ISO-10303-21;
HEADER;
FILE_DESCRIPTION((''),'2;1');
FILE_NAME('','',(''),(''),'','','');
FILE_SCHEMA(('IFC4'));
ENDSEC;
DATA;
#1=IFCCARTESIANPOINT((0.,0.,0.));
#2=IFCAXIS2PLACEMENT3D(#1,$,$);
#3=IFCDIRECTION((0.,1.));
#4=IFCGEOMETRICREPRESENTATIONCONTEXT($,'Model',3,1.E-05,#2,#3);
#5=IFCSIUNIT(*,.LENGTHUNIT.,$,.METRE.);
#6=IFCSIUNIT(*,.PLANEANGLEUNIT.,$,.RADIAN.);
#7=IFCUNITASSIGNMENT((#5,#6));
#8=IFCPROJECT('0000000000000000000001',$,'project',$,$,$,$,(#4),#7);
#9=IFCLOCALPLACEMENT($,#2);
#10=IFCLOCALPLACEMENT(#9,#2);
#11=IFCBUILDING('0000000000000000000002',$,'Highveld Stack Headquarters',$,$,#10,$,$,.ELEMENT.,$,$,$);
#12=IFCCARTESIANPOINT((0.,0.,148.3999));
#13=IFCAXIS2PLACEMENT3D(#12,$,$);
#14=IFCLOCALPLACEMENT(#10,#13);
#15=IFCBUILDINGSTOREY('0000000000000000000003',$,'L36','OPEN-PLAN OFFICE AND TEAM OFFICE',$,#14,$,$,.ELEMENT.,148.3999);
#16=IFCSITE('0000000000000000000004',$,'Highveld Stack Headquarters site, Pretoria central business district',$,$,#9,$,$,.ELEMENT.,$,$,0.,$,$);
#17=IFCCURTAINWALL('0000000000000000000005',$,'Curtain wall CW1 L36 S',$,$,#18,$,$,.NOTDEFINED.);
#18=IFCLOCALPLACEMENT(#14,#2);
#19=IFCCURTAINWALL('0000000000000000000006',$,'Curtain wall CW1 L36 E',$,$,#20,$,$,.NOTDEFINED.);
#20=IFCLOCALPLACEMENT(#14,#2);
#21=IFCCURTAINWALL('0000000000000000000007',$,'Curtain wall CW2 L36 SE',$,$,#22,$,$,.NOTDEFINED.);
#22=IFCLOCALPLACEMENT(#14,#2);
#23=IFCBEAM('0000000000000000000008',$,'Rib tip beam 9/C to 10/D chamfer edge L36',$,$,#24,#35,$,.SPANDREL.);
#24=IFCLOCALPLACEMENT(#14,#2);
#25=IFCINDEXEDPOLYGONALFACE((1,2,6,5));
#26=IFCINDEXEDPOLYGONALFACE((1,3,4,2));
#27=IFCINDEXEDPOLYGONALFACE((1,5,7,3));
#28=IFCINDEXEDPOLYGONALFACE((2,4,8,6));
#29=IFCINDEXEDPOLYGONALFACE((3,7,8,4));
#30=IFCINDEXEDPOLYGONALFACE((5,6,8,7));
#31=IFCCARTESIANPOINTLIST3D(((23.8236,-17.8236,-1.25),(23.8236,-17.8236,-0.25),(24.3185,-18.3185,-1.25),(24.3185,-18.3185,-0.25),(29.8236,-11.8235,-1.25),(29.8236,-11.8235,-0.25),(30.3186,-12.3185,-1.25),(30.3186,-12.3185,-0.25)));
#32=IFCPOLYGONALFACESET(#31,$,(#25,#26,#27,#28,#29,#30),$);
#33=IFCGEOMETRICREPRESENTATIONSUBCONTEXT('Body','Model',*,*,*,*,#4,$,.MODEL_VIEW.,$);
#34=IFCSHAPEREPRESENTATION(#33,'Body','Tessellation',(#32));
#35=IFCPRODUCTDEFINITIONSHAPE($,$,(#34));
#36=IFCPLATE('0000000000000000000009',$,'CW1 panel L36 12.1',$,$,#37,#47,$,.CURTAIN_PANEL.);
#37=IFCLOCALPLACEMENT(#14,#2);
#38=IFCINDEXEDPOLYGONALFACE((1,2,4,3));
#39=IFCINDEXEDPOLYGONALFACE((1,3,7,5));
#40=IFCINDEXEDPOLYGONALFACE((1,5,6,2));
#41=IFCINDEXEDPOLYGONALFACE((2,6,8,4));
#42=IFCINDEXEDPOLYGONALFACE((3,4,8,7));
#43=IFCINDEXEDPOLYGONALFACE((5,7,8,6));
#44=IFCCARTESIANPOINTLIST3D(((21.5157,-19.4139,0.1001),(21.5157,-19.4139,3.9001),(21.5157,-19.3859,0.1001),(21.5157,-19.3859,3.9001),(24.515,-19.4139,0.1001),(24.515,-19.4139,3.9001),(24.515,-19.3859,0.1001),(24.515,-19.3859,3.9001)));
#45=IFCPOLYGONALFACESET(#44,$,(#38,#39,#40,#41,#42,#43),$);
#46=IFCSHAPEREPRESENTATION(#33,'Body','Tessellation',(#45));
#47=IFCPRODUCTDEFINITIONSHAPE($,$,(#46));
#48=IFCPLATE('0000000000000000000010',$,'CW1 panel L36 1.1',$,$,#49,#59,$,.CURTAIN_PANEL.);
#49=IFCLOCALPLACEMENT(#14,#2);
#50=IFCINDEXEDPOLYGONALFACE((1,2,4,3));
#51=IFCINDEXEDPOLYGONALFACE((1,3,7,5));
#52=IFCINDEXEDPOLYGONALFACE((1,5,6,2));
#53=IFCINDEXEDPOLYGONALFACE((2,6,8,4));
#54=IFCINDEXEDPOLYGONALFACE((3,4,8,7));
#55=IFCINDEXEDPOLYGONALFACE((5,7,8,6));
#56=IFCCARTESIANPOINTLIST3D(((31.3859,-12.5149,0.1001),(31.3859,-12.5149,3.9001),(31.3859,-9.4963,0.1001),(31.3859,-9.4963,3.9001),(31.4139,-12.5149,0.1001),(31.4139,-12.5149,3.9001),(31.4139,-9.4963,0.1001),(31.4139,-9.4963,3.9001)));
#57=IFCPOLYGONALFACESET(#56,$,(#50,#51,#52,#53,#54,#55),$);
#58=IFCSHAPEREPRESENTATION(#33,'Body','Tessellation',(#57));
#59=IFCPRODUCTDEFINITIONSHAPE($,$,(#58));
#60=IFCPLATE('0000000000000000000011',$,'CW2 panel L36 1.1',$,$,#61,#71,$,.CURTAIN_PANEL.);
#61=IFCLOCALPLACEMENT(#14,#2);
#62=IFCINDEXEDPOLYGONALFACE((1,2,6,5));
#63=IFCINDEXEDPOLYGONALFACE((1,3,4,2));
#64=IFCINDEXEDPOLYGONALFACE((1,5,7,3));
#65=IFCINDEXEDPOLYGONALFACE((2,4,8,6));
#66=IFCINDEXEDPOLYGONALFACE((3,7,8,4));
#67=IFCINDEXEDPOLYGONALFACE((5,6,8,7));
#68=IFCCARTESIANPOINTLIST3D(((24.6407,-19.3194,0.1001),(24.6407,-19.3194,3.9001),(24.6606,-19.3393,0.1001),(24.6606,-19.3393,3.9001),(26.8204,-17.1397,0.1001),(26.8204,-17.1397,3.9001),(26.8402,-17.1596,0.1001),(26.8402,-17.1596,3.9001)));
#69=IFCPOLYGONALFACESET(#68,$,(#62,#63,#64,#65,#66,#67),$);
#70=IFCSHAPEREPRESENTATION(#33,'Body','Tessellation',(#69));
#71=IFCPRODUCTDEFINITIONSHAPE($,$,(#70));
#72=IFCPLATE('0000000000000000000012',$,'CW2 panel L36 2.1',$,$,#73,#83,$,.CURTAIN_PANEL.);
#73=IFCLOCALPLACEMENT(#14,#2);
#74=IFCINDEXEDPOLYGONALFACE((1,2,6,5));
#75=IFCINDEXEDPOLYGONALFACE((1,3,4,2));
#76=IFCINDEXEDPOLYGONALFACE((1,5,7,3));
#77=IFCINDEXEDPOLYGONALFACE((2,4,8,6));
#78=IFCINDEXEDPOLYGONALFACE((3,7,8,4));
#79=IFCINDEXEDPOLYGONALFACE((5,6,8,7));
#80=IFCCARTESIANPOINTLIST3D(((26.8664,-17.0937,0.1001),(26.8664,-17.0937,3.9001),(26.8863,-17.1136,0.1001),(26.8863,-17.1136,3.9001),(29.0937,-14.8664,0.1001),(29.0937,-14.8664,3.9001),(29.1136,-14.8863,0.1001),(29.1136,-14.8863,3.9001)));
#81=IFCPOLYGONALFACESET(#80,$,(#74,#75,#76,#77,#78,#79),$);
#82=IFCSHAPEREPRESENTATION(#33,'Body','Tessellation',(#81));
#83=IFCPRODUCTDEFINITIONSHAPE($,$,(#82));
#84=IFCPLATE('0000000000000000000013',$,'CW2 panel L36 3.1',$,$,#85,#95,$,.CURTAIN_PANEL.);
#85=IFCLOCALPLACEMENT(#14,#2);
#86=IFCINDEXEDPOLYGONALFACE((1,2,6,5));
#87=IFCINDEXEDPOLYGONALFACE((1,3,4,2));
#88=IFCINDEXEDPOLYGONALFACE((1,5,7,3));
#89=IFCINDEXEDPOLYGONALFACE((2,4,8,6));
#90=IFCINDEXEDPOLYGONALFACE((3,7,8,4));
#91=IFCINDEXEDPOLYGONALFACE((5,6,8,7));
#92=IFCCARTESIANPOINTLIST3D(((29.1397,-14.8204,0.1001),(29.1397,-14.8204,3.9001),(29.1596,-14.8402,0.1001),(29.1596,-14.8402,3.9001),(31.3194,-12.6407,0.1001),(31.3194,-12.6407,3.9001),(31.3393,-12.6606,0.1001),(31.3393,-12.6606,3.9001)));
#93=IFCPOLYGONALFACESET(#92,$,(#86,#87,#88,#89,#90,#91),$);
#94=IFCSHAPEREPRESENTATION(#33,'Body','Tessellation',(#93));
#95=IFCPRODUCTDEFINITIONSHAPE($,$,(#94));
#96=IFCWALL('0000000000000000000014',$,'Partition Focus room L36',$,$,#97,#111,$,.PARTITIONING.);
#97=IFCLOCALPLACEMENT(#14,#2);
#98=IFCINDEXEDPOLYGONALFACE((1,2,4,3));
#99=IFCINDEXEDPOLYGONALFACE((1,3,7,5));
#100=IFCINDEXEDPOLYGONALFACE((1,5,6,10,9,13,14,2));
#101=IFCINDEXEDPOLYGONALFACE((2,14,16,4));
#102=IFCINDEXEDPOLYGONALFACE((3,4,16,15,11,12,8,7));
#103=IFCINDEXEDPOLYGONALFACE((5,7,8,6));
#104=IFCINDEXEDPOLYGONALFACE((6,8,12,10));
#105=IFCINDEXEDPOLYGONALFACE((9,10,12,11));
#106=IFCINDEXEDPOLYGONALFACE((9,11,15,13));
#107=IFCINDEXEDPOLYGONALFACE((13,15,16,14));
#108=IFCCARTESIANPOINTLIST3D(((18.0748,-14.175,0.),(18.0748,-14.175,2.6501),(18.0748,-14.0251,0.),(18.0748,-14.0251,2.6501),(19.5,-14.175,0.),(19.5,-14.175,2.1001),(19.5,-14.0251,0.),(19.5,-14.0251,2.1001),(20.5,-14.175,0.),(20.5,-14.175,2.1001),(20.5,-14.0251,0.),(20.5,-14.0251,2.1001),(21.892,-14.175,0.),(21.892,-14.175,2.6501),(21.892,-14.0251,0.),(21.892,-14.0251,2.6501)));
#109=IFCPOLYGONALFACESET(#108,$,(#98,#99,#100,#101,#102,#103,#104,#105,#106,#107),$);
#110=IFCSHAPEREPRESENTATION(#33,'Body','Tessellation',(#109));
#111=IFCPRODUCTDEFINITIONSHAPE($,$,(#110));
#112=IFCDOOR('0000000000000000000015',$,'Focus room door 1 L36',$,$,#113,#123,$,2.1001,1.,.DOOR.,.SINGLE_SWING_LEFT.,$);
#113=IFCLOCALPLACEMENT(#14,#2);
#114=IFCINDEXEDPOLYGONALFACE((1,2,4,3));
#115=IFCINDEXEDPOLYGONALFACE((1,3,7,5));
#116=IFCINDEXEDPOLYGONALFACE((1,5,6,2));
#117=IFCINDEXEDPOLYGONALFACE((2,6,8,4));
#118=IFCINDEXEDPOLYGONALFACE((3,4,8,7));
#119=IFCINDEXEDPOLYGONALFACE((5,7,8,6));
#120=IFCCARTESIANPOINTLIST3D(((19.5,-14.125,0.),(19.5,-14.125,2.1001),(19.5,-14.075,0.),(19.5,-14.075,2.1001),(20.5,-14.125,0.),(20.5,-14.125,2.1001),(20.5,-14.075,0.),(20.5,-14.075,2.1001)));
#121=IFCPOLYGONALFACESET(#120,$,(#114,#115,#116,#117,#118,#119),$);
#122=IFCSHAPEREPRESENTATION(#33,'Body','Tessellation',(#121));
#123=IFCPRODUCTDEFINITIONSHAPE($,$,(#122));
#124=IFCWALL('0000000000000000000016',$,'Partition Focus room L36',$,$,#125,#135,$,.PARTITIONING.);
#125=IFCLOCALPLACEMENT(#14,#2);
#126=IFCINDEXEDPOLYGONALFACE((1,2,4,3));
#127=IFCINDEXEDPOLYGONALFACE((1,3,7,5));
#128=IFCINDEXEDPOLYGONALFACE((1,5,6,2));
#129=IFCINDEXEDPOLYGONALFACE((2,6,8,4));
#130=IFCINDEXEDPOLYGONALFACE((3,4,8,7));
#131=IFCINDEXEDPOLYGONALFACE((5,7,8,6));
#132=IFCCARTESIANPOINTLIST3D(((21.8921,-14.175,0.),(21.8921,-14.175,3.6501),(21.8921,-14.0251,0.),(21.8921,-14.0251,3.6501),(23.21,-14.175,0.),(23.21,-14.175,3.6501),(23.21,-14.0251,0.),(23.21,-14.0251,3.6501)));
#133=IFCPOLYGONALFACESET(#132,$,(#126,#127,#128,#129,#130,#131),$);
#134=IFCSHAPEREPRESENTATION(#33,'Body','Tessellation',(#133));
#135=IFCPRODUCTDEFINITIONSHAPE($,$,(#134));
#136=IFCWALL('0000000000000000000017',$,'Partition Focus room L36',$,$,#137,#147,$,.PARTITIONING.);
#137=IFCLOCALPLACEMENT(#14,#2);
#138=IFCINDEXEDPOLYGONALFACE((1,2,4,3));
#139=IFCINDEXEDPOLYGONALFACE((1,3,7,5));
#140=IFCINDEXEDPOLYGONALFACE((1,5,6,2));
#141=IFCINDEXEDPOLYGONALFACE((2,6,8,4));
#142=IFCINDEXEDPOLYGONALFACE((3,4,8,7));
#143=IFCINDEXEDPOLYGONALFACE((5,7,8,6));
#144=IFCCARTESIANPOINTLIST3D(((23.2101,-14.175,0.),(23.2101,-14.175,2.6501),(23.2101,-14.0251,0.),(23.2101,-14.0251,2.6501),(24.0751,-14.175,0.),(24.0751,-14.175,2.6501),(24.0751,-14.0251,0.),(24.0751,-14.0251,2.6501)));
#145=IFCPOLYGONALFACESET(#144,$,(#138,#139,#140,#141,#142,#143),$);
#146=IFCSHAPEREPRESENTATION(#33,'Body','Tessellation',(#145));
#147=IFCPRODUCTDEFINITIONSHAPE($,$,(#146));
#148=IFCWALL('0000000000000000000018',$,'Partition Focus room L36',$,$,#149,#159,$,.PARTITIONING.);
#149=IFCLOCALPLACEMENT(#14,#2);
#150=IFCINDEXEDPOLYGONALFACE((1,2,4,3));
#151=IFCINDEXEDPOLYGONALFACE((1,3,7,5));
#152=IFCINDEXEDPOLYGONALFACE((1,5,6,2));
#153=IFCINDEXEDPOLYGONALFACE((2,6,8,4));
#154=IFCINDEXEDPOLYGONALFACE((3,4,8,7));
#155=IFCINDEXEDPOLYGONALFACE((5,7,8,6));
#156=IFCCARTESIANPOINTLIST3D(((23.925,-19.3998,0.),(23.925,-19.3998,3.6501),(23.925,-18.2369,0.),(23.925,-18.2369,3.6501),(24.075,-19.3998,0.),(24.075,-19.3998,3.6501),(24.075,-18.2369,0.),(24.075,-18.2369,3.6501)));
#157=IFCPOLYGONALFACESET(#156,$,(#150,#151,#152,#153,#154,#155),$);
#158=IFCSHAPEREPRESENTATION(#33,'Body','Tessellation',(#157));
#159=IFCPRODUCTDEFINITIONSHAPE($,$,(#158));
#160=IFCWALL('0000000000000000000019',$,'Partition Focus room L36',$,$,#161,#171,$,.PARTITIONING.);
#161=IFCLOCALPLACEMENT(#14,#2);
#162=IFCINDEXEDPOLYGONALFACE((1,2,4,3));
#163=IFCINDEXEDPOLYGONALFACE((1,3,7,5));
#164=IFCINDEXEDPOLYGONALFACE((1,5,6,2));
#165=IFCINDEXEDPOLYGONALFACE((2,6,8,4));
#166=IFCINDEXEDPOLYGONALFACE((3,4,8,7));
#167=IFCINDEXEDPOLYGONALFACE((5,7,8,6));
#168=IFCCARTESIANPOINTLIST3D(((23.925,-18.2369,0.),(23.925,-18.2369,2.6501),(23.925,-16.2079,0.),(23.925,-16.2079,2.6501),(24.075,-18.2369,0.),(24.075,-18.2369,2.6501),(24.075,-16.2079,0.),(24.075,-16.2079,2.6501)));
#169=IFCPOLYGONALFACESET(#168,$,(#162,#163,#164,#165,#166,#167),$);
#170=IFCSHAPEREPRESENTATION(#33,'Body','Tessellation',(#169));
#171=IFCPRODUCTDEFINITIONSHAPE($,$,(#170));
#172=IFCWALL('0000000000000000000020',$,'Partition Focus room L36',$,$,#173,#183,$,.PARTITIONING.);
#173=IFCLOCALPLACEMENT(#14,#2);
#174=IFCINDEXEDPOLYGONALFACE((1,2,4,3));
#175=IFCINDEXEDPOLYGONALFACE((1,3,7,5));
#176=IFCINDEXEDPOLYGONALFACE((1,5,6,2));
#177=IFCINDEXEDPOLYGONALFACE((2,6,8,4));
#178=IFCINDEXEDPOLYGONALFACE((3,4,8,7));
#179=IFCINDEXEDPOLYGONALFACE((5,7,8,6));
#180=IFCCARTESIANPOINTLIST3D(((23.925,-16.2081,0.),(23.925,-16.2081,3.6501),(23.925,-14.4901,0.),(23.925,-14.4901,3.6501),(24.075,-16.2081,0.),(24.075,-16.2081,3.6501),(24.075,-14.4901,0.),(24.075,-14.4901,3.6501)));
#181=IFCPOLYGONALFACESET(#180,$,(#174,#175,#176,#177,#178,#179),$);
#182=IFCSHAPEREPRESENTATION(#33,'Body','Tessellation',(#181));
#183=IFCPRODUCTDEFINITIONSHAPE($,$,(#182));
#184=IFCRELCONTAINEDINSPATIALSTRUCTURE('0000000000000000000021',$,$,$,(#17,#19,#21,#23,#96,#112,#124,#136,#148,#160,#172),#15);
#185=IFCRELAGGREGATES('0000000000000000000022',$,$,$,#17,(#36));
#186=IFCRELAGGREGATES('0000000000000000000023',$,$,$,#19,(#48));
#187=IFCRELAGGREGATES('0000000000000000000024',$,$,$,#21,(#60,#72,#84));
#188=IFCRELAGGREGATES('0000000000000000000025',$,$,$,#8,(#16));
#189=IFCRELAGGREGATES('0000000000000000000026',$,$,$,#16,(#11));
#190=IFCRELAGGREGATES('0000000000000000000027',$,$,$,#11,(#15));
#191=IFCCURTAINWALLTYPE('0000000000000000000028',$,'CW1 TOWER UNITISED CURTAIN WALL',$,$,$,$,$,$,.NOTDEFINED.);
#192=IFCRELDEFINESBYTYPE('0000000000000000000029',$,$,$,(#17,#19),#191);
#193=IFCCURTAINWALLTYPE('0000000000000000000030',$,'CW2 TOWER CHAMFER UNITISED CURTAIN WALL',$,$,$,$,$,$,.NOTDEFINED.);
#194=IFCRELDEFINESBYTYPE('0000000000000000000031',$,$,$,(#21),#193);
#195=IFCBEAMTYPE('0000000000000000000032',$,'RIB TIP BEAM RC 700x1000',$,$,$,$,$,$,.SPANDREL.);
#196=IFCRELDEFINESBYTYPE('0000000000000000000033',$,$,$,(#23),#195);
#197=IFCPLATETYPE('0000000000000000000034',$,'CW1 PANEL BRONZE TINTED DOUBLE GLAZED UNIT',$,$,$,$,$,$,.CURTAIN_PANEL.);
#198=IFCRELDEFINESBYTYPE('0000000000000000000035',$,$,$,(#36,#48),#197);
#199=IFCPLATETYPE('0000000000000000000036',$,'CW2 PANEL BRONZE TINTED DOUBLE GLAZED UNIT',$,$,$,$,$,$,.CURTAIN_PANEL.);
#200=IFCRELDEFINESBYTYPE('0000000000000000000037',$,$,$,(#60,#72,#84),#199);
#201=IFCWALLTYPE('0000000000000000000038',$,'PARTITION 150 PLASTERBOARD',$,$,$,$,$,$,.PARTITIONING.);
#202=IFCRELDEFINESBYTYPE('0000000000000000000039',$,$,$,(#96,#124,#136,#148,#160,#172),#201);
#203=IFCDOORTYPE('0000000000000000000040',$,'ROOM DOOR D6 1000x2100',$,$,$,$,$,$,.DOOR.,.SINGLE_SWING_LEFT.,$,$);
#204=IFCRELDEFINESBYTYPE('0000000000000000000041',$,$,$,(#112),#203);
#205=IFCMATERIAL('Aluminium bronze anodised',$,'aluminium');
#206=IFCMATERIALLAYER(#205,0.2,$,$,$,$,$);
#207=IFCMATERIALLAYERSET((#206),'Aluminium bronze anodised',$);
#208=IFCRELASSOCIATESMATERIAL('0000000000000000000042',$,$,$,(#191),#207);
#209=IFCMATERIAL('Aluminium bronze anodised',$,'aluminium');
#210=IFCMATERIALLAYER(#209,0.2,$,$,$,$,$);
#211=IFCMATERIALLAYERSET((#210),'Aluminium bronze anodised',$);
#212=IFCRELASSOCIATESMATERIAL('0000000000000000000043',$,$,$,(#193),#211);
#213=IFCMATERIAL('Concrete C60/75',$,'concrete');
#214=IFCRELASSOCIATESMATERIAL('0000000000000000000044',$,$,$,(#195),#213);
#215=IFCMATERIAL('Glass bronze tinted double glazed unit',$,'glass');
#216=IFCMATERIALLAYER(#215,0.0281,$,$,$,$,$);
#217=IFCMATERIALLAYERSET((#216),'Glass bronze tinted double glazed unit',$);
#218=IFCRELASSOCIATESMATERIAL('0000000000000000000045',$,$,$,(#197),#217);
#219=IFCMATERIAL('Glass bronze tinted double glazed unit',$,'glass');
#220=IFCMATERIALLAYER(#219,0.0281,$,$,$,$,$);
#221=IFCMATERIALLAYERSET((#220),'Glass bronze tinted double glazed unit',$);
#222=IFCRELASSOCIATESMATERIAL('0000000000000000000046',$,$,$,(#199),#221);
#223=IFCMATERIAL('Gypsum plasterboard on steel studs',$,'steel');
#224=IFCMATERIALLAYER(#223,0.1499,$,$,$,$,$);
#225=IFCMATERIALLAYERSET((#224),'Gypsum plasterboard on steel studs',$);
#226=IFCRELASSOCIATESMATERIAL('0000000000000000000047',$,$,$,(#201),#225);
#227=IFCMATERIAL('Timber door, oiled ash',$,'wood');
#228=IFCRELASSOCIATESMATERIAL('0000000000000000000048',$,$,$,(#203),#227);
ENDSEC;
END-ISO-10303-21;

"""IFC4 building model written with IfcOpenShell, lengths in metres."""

from ifc_helpers import new_model, si_unit, direction, frame, frame_2d, origin, origin_2d, place, context, subcontext, project, spatial, rectangle, extrude, material, layer, layer_set, material_profile, profile_set, type_object, element, fill, aggregate, save


model = new_model("IFC4")

# Units and contexts
model_context = context("Model", 3, precision=1e-05, world=origin(), true_north=direction((0.0, 1.0)))
body_context = subcontext(model_context, "Body", "Model", "MODEL_VIEW")
ifc_project = project(units=[si_unit("LENGTHUNIT", "METRE"), si_unit("PLANEANGLEUNIT", "RADIAN")], contexts=[model_context])

# Site, building, storey
site_placement = place(None, origin())
site = spatial("IfcSite", under=ifc_project, at=site_placement, Name="Highveld Stack Headquarters site, Pretoria central business district", CompositionType="ELEMENT", RefElevation=0.0)
building_placement = place(site_placement, origin())
building = spatial("IfcBuilding", under=site, at=building_placement, Name="Highveld Stack Headquarters", CompositionType="ELEMENT")
storey_placement = place(building_placement, frame((0.0, 0.0, 148.3999)))
storey = spatial("IfcBuildingStorey", under=building, at=storey_placement, Name="L36", Description="OPEN-PLAN OFFICE AND TEAM OFFICE", CompositionType="ELEMENT", Elevation=148.3999)

# Curtain walls
ifc_material_1 = material(Name="Aluminium bronze anodised", Category="aluminium")
ifc_layer_1 = layer(ifc_material_1, 0.2)
ifc_layer_set_1 = layer_set([ifc_layer_1], Name="Aluminium bronze anodised")
curtain_wall_type_1 = type_object("IfcCurtainWallType", Name="CW1 TOWER UNITISED CURTAIN WALL", PredefinedType="NOTDEFINED", material=ifc_layer_set_1)
curtain_wall_1_placement = place(storey_placement, origin())
curtain_wall_1 = element("IfcCurtainWall", 1, at=curtain_wall_1_placement, inside=storey, type_object=curtain_wall_type_1, Name="Curtain wall CW1 L36 S", PredefinedType="NOTDEFINED")
curtain_wall_2_placement = place(storey_placement, origin())
curtain_wall_2 = element("IfcCurtainWall", 2, at=curtain_wall_2_placement, inside=storey, type_object=curtain_wall_type_1, Name="Curtain wall CW1 L36 E", PredefinedType="NOTDEFINED")

# Curtain wall
ifc_material_2 = material(Name="Aluminium bronze anodised", Category="aluminium")
ifc_layer_2 = layer(ifc_material_2, 0.2)
ifc_layer_set_2 = layer_set([ifc_layer_2], Name="Aluminium bronze anodised")
curtain_wall_type_2 = type_object("IfcCurtainWallType", Name="CW2 TOWER CHAMFER UNITISED CURTAIN WALL", PredefinedType="NOTDEFINED", material=ifc_layer_set_2)
curtain_wall_3_placement = place(storey_placement, origin())
curtain_wall_3 = element("IfcCurtainWall", 3, at=curtain_wall_3_placement, inside=storey, type_object=curtain_wall_type_2, Name="Curtain wall CW2 L36 SE", PredefinedType="NOTDEFINED")

# Beam
ifc_material_3 = material(Name="Concrete C60/75", Category="concrete")
ifc_material_profile_1 = material_profile(ifc_material_3, rectangle(XDim=0.7, YDim=1.0, at=origin_2d()), Name="RC 700x1000")
ifc_profile_set_1 = profile_set([ifc_material_profile_1], Name="Concrete C60/75")
beam_type = type_object("IfcBeamType", Name="RIB TIP BEAM RC 700x1000", PredefinedType="SPANDREL", material=ifc_profile_set_1)
for number, where, z_axis, x_axis, name in (
    (4, (24.071, -18.071, -0.75), (0.707107, 0.707107, 0.0), (-0.707107, 0.707107, 0.0), "Rib tip beam 9/C to 10/D chamfer edge L36"),
):
    element("IfcBeam", number, at=place(storey_placement, frame(where, z_axis=z_axis, x_axis=x_axis)), inside=storey, type_object=beam_type, Name=name, PredefinedType="SPANDREL", context=body_context, shape_type="SweptSolid", body=[
        extrude(rectangle(XDim=0.7, YDim=1.0, at=origin_2d()), origin(), (0.0, 0.0, 1.0), 8.4854),
    ])

# Plates
ifc_material_4 = material(Name="Glass bronze tinted double glazed unit", Category="glass")
ifc_layer_3 = layer(ifc_material_4, 0.0281)
ifc_layer_set_3 = layer_set([ifc_layer_3], Name="Glass bronze tinted double glazed unit")
plate_type_1 = type_object("IfcPlateType", Name="CW1 PANEL BRONZE TINTED DOUBLE GLAZED UNIT", PredefinedType="CURTAIN_PANEL", material=ifc_layer_set_3)
plate_1_placement = place(storey_placement, frame((23.0154, -19.3999, 0.1001), z_axis=(0.0, 0.0, 1.0), x_axis=(1.0, 0.0, 0.0)))
plate_1 = element("IfcPlate", 5, at=plate_1_placement, type_object=plate_type_1, Name="CW1 panel L36 12.1", PredefinedType="CURTAIN_PANEL", context=body_context, shape_type="SweptSolid", body=[
    extrude(rectangle(XDim=2.9993, YDim=0.0281, at=origin_2d()), origin(), (0.0, 0.0, 1.0), 3.8),
])
aggregate(curtain_wall_1, [plate_1])
plate_2_placement = place(storey_placement, frame((31.3999, -11.0056, 0.1001), z_axis=(0.0, 0.0, 1.0), x_axis=(0.0, 1.0, 0.0)))
plate_2 = element("IfcPlate", 6, at=plate_2_placement, type_object=plate_type_1, Name="CW1 panel L36 1.1", PredefinedType="CURTAIN_PANEL", context=body_context, shape_type="SweptSolid", body=[
    extrude(rectangle(XDim=3.0186, YDim=0.0281, at=origin_2d()), origin(), (0.0, 0.0, 1.0), 3.8),
])
aggregate(curtain_wall_2, [plate_2])
ifc_material_5 = material(Name="Glass bronze tinted double glazed unit", Category="glass")
ifc_layer_4 = layer(ifc_material_5, 0.0281)
ifc_layer_set_4 = layer_set([ifc_layer_4], Name="Glass bronze tinted double glazed unit")
plate_type_2 = type_object("IfcPlateType", Name="CW2 PANEL BRONZE TINTED DOUBLE GLAZED UNIT", PredefinedType="CURTAIN_PANEL", material=ifc_layer_set_4)
plate_3_placement = place(storey_placement, frame((25.7405, -18.2395, 0.1001), z_axis=(0.0, 0.0, 1.0), x_axis=(0.707107, 0.707107, 0.0)))
plate_3 = element("IfcPlate", 7, at=plate_3_placement, type_object=plate_type_2, Name="CW2 panel L36 1.1", PredefinedType="CURTAIN_PANEL", context=body_context, shape_type="SweptSolid", body=[
    extrude(rectangle(XDim=3.0825, YDim=0.0281, at=origin_2d()), origin(), (0.0, 0.0, 1.0), 3.8),
])
plate_4_placement = place(storey_placement, frame((27.99, -15.99, 0.1001), z_axis=(0.0, 0.0, 1.0), x_axis=(0.707107, 0.707107, 0.0)))
plate_4 = element("IfcPlate", 8, at=plate_4_placement, type_object=plate_type_2, Name="CW2 panel L36 2.1", PredefinedType="CURTAIN_PANEL", context=body_context, shape_type="SweptSolid", body=[
    extrude(rectangle(XDim=3.1499, YDim=0.0281, at=origin_2d()), origin(), (0.0, 0.0, 1.0), 3.8),
])
plate_5_placement = place(storey_placement, frame((30.2395, -13.7405, 0.1001), z_axis=(0.0, 0.0, 1.0), x_axis=(0.707107, 0.707107, 0.0)))
plate_5 = element("IfcPlate", 9, at=plate_5_placement, type_object=plate_type_2, Name="CW2 panel L36 3.1", PredefinedType="CURTAIN_PANEL", context=body_context, shape_type="SweptSolid", body=[
    extrude(rectangle(XDim=3.0825, YDim=0.0281, at=origin_2d()), origin(), (0.0, 0.0, 1.0), 3.8),
])
aggregate(curtain_wall_3, [plate_3, plate_4, plate_5])

# Wall, opening, door
ifc_material_6 = material(Name="Gypsum plasterboard on steel studs", Category="steel")
ifc_layer_5 = layer(ifc_material_6, 0.1499)
ifc_layer_set_5 = layer_set([ifc_layer_5], Name="Gypsum plasterboard on steel studs")
wall_type = type_object("IfcWallType", Name="PARTITION 150 PLASTERBOARD", PredefinedType="PARTITIONING", material=ifc_layer_set_5)
wall_1_placement = place(storey_placement, frame((21.8921, -14.1001, 0.0), z_axis=(0.0, 0.0, 1.0), x_axis=(-1.0, 0.0, 0.0)))
wall_1 = element("IfcWall", 10, at=wall_1_placement, inside=storey, type_object=wall_type, Name="Partition Focus room L36", PredefinedType="PARTITIONING", context=body_context, shape_type="SweptSolid", body=[
    extrude(rectangle(XDim=3.8171, YDim=0.1499, at=frame_2d((1.9087, 0.0))), origin(), (0.0, 0.0, 1.0), 2.6501),
])
opening_placement = place(wall_1_placement, frame((1.3921, 0.0, 0.0)))
opening = element("IfcOpeningElement", 11, at=opening_placement, cuts=wall_1, PredefinedType="OPENING", context=body_context, shape_type="SweptSolid", body=[
    extrude(rectangle(XDim=1.0, YDim=2.1001, at=frame_2d((0.5, 1.05))), frame((0.0, 0.085, 0.0), z_axis=(0.0, -1.0, 0.0), x_axis=(1.0, 0.0, 0.0)), (0.0, 0.0, 1.0), 0.1699),
])
ifc_material_7 = material(Name="Timber door, oiled ash", Category="wood")
door_type = type_object("IfcDoorType", Name="ROOM DOOR D6 1000x2100", OperationType="SINGLE_SWING_LEFT", PredefinedType="DOOR", material=ifc_material_7)
door_placement = place(opening_placement, origin())
door = element("IfcDoor", 12, at=door_placement, inside=storey, type_object=door_type, Name="Focus room door 1 L36", OperationType="SINGLE_SWING_LEFT", OverallHeight=2.1001, OverallWidth=1.0, PredefinedType="DOOR", context=body_context, shape_type="SweptSolid", body=[
    extrude(rectangle(XDim=1.0, YDim=2.1001, at=frame_2d((0.5, 1.05))), frame((0.0, 0.0249, 0.0), z_axis=(0.0, -1.0, 0.0), x_axis=(1.0, 0.0, 0.0)), (0.0, 0.0, 1.0), 0.05),
])
fill(opening, door)

# Walls
wall_2_placement = place(storey_placement, frame((21.8921, -14.1001, 0.0), z_axis=(0.0, 0.0, 1.0), x_axis=(1.0, 0.0, 0.0)))
element("IfcWall", 13, at=wall_2_placement, inside=storey, type_object=wall_type, Name="Partition Focus room L36", PredefinedType="PARTITIONING", context=body_context, shape_type="SweptSolid", body=[
    extrude(rectangle(XDim=1.3179, YDim=0.1499, at=frame_2d((0.6589, 0.0))), origin(), (0.0, 0.0, 1.0), 3.6501),
])
wall_3_placement = place(storey_placement, frame((23.21, -14.1001, 0.0), z_axis=(0.0, 0.0, 1.0), x_axis=(1.0, 0.0, 0.0)))
element("IfcWall", 14, at=wall_3_placement, inside=storey, type_object=wall_type, Name="Partition Focus room L36", PredefinedType="PARTITIONING", context=body_context, shape_type="SweptSolid", body=[
    extrude(rectangle(XDim=0.865, YDim=0.1499, at=frame_2d((0.4326, 0.0))), origin(), (0.0, 0.0, 1.0), 2.6501),
])
wall_4_placement = place(storey_placement, frame((24.0, -19.3999, 0.0), z_axis=(0.0, 0.0, 1.0), x_axis=(0.0, 1.0, 0.0)))
element("IfcWall", 15, at=wall_4_placement, inside=storey, type_object=wall_type, Name="Partition Focus room L36", PredefinedType="PARTITIONING", context=body_context, shape_type="SweptSolid", body=[
    extrude(rectangle(XDim=1.1628, YDim=0.1499, at=frame_2d((0.5815, 0.0))), origin(), (0.0, 0.0, 1.0), 3.6501),
])
wall_5_placement = place(storey_placement, frame((24.0, -18.2371, 0.0), z_axis=(0.0, 0.0, 1.0), x_axis=(0.0, 1.0, 0.0)))
element("IfcWall", 16, at=wall_5_placement, inside=storey, type_object=wall_type, Name="Partition Focus room L36", PredefinedType="PARTITIONING", context=body_context, shape_type="SweptSolid", body=[
    extrude(rectangle(XDim=2.0291, YDim=0.1499, at=frame_2d((1.0146, 0.0))), origin(), (0.0, 0.0, 1.0), 2.6501),
])
wall_6_placement = place(storey_placement, frame((24.0, -16.208, 0.0), z_axis=(0.0, 0.0, 1.0), x_axis=(0.0, 1.0, 0.0)))
element("IfcWall", 17, at=wall_6_placement, inside=storey, type_object=wall_type, Name="Partition Focus room L36", PredefinedType="PARTITIONING", context=body_context, shape_type="SweptSolid", body=[
    extrude(rectangle(XDim=1.718, YDim=0.1499, at=frame_2d((0.8589, 0.0))), origin(), (0.0, 0.0, 1.0), 3.6501),
])

save(model, "model.ifc")
